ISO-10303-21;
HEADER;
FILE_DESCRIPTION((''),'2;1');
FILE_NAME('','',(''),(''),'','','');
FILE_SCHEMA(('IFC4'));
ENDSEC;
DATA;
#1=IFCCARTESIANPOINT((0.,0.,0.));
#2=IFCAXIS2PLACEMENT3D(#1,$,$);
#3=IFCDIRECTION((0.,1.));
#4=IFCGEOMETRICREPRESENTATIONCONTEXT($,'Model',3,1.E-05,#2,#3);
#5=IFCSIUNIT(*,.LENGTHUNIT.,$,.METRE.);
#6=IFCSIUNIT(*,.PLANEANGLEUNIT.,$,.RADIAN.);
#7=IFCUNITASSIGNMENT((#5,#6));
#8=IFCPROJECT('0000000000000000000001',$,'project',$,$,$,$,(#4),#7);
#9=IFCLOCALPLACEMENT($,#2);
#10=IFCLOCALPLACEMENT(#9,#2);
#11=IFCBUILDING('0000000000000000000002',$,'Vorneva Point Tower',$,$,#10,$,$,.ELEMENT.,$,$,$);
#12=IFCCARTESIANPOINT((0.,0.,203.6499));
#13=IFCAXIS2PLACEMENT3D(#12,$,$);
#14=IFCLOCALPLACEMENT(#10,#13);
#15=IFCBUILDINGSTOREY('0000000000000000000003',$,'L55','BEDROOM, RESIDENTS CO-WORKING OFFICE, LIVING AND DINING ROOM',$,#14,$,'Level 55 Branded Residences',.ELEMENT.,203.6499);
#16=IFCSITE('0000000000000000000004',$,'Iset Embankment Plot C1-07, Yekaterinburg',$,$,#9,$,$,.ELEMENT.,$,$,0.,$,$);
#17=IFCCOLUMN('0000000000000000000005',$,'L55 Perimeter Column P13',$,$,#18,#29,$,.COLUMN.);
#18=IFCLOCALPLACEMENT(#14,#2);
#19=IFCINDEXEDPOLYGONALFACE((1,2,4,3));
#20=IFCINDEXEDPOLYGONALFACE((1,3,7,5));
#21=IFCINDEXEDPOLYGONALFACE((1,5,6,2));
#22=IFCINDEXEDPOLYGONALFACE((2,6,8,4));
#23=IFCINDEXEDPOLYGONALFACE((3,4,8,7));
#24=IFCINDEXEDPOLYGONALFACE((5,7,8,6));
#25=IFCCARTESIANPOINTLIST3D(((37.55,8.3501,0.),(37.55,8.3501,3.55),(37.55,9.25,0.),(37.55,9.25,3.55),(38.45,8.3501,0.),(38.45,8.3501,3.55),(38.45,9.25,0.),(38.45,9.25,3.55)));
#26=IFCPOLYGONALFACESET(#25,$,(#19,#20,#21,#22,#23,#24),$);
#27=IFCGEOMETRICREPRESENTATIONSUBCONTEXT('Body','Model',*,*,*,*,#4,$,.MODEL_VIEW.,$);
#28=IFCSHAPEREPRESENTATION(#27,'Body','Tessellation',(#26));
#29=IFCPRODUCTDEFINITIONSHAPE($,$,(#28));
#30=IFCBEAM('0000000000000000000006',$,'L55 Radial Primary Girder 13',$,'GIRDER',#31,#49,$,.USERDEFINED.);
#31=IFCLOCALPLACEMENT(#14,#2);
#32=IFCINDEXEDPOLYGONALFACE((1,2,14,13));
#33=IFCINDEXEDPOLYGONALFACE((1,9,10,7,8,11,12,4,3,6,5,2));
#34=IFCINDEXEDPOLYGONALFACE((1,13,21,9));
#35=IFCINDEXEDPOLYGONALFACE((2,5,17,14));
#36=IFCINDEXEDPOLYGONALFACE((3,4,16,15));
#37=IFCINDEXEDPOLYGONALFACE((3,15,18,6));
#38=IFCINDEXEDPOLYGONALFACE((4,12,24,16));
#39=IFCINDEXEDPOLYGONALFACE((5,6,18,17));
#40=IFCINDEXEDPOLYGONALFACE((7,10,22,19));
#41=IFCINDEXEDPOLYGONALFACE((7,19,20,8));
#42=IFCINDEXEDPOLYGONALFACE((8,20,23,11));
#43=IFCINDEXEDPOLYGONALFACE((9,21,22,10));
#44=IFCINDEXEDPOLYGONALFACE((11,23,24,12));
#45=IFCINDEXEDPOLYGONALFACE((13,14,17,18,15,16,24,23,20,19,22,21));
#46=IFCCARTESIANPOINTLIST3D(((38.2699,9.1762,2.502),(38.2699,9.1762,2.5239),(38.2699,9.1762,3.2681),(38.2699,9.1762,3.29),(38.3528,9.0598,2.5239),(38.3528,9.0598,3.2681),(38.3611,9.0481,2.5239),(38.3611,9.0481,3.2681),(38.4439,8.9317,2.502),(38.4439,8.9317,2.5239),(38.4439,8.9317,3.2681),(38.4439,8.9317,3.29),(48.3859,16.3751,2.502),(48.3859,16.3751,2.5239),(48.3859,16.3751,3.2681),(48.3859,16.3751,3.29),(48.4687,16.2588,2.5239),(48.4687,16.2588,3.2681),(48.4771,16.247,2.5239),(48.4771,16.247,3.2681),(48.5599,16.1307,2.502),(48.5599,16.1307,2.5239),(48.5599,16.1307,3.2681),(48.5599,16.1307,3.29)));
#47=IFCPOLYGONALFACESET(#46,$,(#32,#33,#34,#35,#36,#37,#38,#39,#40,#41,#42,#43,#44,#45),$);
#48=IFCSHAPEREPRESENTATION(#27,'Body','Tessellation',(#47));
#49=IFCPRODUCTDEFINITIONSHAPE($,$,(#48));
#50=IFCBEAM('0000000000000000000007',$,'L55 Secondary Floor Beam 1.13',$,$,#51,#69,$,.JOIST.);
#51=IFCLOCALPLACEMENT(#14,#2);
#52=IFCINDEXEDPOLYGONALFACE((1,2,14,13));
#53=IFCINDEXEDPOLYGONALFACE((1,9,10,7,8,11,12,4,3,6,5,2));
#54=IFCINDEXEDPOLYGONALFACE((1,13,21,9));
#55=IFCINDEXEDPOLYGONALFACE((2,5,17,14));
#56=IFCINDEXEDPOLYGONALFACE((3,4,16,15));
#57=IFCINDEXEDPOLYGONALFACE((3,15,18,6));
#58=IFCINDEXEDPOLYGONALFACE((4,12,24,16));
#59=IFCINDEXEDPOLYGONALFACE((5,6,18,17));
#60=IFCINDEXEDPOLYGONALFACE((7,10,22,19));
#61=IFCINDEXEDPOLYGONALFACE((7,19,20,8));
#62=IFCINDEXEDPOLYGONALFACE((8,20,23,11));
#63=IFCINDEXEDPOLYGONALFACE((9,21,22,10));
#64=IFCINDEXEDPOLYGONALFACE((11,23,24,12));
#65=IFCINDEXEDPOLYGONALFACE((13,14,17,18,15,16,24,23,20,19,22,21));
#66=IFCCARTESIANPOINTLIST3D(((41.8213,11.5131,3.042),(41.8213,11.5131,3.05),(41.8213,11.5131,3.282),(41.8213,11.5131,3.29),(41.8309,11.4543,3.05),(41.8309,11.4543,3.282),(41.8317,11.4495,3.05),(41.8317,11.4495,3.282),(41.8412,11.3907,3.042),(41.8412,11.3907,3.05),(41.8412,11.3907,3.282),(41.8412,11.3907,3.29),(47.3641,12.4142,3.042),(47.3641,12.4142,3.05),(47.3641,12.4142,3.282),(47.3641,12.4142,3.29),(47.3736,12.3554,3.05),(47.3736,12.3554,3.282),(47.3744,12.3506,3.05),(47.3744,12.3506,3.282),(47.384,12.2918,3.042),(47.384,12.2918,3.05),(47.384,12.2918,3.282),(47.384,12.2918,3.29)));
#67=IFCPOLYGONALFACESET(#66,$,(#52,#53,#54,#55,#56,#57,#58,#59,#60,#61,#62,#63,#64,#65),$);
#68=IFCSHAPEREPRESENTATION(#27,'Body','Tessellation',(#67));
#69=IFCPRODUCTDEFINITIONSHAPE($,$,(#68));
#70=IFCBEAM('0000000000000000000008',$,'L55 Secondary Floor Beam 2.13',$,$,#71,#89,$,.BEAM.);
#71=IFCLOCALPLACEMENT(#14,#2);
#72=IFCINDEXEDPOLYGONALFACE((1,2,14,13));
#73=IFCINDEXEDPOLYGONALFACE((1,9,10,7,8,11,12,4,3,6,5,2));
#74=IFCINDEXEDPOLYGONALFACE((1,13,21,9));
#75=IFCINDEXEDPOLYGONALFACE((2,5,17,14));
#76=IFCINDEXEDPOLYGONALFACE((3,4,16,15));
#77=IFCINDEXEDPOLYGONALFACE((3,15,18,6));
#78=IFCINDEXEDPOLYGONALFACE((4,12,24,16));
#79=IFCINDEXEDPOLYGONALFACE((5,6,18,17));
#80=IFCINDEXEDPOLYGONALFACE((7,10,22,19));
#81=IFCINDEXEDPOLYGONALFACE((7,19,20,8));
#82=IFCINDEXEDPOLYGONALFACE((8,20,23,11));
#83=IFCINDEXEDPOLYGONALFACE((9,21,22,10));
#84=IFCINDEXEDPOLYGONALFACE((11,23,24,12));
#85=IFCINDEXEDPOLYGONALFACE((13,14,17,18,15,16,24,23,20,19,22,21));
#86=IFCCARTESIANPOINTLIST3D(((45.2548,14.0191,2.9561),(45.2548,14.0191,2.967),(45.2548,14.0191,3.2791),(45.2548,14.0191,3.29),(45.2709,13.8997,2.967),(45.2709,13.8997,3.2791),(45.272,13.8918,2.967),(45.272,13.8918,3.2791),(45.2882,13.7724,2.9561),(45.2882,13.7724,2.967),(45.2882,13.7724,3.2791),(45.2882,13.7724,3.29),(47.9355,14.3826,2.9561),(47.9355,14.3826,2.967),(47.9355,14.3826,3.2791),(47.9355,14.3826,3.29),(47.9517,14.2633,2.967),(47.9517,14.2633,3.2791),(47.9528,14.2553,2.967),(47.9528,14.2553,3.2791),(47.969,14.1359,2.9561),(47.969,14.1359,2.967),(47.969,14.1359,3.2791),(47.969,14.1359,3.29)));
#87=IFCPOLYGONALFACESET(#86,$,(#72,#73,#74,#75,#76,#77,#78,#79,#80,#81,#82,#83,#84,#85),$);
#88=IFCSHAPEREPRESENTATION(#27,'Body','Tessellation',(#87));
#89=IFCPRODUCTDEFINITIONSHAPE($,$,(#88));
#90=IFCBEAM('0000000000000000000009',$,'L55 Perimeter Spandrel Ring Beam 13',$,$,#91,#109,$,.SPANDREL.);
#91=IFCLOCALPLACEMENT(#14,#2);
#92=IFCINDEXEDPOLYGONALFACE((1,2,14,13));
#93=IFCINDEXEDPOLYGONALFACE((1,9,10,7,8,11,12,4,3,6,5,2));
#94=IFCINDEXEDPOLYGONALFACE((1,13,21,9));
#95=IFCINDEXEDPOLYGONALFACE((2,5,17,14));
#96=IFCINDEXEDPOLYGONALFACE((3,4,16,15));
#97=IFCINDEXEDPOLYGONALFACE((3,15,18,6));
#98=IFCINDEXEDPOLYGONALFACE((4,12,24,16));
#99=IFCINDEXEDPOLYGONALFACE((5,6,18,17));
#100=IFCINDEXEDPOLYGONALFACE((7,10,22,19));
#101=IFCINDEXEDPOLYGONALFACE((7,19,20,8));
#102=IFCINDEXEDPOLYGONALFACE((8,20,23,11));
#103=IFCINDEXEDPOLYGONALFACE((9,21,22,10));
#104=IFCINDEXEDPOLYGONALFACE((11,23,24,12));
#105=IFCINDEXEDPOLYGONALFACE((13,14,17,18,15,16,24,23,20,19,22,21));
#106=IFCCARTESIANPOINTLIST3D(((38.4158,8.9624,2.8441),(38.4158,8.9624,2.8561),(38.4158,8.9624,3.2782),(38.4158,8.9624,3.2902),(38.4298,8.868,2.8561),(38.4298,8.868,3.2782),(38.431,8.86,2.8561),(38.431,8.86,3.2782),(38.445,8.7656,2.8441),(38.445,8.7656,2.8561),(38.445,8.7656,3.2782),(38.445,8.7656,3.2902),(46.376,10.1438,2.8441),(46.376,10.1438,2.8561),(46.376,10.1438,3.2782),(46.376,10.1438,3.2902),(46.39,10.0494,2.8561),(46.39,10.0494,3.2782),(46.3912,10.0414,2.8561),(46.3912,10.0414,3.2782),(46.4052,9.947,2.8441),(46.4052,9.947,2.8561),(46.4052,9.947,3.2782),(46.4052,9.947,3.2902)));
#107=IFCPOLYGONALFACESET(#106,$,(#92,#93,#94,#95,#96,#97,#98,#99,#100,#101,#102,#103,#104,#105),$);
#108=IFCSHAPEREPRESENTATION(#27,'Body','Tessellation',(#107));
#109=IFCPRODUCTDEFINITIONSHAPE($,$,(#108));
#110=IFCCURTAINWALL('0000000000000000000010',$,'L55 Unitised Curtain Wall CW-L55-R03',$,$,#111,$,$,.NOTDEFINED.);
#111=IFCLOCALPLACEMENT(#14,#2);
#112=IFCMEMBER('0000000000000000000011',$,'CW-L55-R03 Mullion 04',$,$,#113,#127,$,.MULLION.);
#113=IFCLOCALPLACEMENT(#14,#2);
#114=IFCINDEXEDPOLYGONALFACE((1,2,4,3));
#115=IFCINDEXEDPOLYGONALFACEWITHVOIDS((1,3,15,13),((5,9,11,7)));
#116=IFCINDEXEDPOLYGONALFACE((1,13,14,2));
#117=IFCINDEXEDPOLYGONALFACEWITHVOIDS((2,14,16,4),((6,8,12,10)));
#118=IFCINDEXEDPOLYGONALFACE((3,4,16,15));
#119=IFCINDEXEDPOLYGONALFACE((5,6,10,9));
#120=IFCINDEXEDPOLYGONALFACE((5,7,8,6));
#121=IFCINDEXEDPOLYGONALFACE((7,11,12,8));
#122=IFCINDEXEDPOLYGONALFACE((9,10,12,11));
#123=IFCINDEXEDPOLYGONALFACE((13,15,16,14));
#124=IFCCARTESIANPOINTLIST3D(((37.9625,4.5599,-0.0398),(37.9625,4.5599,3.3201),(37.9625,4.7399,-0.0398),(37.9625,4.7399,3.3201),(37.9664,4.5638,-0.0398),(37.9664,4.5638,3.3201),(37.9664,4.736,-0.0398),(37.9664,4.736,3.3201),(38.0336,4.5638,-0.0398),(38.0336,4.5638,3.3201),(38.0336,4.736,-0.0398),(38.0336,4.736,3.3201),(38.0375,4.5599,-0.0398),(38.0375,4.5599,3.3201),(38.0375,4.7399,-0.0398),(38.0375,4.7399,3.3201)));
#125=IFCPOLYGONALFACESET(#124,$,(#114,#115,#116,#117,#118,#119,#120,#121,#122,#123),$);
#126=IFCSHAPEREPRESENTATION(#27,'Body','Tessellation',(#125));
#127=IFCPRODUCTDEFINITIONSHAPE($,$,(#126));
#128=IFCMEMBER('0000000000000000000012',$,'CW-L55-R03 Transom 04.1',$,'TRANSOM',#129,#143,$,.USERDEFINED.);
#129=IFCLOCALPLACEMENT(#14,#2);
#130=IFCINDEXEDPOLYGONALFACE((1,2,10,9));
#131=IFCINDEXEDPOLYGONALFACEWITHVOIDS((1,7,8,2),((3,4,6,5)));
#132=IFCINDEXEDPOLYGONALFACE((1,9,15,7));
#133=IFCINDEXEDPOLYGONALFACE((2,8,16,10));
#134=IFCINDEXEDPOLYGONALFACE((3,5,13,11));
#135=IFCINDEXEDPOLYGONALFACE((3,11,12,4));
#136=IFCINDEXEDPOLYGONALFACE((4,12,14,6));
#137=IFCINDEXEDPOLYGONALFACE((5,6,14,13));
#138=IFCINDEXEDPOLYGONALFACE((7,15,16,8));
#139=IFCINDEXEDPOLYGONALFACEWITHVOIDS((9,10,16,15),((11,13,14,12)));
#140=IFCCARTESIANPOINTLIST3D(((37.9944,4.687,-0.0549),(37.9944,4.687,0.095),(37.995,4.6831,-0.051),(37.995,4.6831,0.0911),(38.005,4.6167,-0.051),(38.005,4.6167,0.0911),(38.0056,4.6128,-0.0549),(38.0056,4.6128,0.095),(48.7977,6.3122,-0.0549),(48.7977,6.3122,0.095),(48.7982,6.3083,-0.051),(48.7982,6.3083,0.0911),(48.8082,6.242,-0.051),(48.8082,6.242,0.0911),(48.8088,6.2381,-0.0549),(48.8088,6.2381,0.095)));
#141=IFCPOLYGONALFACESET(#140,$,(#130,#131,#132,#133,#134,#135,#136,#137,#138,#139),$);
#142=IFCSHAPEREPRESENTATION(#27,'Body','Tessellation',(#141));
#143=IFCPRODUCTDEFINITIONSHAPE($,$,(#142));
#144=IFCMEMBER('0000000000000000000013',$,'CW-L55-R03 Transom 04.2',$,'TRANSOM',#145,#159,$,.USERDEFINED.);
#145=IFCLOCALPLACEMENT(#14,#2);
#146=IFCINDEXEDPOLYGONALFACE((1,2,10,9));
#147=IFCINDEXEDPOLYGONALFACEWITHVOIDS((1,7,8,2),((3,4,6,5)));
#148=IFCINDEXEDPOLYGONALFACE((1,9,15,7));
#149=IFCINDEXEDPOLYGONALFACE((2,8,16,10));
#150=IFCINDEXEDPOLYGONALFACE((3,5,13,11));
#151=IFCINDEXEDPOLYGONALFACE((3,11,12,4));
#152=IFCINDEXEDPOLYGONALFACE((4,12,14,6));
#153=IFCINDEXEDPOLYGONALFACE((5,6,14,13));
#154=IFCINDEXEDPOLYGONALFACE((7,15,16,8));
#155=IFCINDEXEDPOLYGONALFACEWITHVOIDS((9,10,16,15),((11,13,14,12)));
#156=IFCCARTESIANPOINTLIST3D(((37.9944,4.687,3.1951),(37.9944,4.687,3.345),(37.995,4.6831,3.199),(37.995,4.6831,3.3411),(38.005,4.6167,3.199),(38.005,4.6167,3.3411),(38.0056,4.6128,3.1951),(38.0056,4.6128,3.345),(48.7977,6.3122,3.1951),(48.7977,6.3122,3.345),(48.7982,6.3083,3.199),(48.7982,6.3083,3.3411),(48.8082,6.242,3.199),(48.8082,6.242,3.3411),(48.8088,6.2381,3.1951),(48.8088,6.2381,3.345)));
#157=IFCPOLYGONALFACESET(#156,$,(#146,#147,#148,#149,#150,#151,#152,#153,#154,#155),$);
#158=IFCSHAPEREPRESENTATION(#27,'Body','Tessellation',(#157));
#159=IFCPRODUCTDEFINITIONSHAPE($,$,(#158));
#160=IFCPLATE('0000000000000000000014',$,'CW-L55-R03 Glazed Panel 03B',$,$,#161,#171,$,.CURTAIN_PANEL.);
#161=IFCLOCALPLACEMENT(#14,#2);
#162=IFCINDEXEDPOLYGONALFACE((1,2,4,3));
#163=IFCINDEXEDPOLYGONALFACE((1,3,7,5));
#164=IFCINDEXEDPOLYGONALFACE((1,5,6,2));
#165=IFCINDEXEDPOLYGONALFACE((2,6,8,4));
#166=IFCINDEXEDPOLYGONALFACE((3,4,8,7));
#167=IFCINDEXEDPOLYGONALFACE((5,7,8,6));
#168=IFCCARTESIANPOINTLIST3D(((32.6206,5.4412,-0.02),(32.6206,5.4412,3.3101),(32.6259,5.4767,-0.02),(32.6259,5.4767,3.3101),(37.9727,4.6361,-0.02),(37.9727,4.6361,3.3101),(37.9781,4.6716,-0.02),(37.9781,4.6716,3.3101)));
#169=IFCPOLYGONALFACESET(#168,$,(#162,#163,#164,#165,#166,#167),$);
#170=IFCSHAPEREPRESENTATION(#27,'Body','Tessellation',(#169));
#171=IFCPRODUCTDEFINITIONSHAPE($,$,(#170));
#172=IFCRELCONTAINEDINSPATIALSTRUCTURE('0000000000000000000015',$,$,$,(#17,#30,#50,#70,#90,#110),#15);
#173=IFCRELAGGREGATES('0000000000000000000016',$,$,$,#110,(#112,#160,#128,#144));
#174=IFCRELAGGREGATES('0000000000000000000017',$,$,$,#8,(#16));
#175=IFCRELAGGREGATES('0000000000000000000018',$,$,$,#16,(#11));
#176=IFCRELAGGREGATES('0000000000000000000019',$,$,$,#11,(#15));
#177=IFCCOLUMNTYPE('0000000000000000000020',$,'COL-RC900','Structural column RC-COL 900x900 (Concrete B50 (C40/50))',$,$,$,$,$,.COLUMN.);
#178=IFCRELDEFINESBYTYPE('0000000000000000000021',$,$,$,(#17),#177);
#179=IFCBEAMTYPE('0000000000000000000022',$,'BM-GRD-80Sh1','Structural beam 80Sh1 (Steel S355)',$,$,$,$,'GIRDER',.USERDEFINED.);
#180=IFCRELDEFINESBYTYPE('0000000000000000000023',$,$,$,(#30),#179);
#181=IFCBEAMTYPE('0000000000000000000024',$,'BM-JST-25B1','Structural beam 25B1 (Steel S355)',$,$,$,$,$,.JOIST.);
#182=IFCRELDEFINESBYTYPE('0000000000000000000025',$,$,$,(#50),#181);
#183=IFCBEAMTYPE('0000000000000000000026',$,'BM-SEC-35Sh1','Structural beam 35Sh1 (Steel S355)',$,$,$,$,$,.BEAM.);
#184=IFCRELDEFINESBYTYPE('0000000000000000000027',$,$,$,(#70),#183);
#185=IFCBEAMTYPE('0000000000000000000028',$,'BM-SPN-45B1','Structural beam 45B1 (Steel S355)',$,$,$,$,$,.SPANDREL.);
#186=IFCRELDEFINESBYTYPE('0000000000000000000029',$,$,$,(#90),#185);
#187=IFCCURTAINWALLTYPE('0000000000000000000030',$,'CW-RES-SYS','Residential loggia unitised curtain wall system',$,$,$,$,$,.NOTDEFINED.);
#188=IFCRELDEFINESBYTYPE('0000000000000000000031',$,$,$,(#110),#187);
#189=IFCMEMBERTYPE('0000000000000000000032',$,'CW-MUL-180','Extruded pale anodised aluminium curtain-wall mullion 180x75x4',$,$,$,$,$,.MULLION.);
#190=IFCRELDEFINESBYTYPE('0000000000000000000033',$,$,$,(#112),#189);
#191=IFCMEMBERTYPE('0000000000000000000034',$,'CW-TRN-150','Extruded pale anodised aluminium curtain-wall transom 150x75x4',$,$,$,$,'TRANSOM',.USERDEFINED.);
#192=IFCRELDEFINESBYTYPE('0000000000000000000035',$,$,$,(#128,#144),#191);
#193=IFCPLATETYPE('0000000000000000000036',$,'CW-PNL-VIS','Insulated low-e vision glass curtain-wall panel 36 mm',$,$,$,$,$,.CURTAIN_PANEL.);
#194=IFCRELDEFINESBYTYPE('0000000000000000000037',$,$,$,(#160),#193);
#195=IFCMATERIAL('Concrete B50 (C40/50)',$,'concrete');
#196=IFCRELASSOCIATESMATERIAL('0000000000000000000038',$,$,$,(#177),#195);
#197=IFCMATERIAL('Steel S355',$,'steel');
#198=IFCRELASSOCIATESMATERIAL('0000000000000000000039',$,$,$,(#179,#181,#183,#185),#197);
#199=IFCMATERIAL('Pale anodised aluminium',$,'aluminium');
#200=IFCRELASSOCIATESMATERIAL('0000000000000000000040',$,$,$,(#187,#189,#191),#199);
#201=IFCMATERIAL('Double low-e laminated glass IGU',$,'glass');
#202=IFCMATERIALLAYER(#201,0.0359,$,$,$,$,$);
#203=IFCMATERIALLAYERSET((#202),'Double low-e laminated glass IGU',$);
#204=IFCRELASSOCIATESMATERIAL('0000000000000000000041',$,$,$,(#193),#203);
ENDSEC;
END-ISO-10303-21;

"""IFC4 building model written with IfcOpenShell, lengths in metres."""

from ifc_helpers import new_model, si_unit, direction, frame, origin, origin_2d, place, context, subcontext, project, spatial, rectangle, hollow_rectangle, i_section, extrude, material, layer, layer_set, material_profile, profile_set, type_object, element, aggregate, save


model = new_model("IFC4")

# Units and contexts
model_context = context("Model", 3, precision=1e-05, world=origin(), true_north=direction((0.0, 1.0)))
body_context = subcontext(model_context, "Body", "Model", "MODEL_VIEW")
ifc_project = project(units=[si_unit("LENGTHUNIT", "METRE"), si_unit("PLANEANGLEUNIT", "RADIAN")], contexts=[model_context])

# Site, building, storey
site_placement = place(None, origin())
site = spatial("IfcSite", under=ifc_project, at=site_placement, Name="Iset Embankment Plot C1-07, Yekaterinburg", CompositionType="ELEMENT", RefElevation=0.0)
building_placement = place(site_placement, origin())
building = spatial("IfcBuilding", under=site, at=building_placement, Name="Vorneva Point Tower", CompositionType="ELEMENT")
storey_placement = place(building_placement, frame((0.0, 0.0, 203.6499)))
storey = spatial("IfcBuildingStorey", under=building, at=storey_placement, Name="L55", Description="BEDROOM, RESIDENTS CO-WORKING OFFICE, LIVING AND DINING ROOM", LongName="Level 55 Branded Residences", CompositionType="ELEMENT", Elevation=203.6499)

# Column
ifc_material_1 = material(Name="Concrete B50 (C40/50)", Category="concrete")
ifc_material_profile_1 = material_profile(ifc_material_1, rectangle(XDim=0.8999, YDim=0.8999, at=origin_2d()), Name="RC-COL 900x900")
ifc_profile_set_1 = profile_set([ifc_material_profile_1], Name="Concrete B50 (C40/50)")
column_type = type_object("IfcColumnType", Name="COL-RC900", Description="Structural column RC-COL 900x900 (Concrete B50 (C40/50))", PredefinedType="COLUMN", material=ifc_profile_set_1)
column_placement = place(storey_placement, frame((38.0, 8.8, 0.0), z_axis=(0.0, 0.0, 1.0), x_axis=(0.0, -1.0, 0.0)))
element("IfcColumn", 1, at=column_placement, inside=storey, type_object=column_type, Name="L55 Perimeter Column P13", PredefinedType="COLUMN", context=body_context, shape_type="SweptSolid", body=[
    extrude(rectangle(XDim=0.8999, YDim=0.8999, at=origin_2d()), origin(), (0.0, 0.0, 1.0), 3.55),
])

# Beams
ifc_material_2 = material(Name="Steel S355", Category="steel")
ifc_material_profile_2 = material_profile(ifc_material_2, i_section(OverallWidth=0.3, OverallDepth=0.7881, WebThickness=0.0144, FlangeThickness=0.022, at=origin_2d()), Name="80Sh1")
ifc_profile_set_2 = profile_set([ifc_material_profile_2], Name="Steel S355")
beam_type_1 = type_object("IfcBeamType", Name="BM-GRD-80Sh1", Description="Structural beam 80Sh1 (Steel S355)", ElementType="GIRDER", PredefinedType="USERDEFINED", material=ifc_profile_set_2)
beam_1_placement = place(storey_placement, frame((38.3569, 9.054, 2.896), z_axis=(0.81475, 0.579813, 0.0), x_axis=(-0.579813, 0.81475, 0.0)))
element("IfcBeam", 2, at=beam_1_placement, inside=storey, type_object=beam_type_1, Name="L55 Radial Primary Girder 13", ObjectType="GIRDER", PredefinedType="USERDEFINED", context=body_context, shape_type="SweptSolid", body=[
    extrude(i_section(OverallWidth=0.3, OverallDepth=0.7881, WebThickness=0.0144, FlangeThickness=0.022, at=origin_2d()), origin(), (0.0, 0.0, 1.0), 12.416),
])
ifc_material_profile_3 = material_profile(ifc_material_2, i_section(OverallWidth=0.124, OverallDepth=0.248, WebThickness=0.0049, FlangeThickness=0.0081, at=origin_2d()), Name="25B1")
ifc_profile_set_3 = profile_set([ifc_material_profile_3], Name="Steel S355")
beam_type_2 = type_object("IfcBeamType", Name="BM-JST-25B1", Description="Structural beam 25B1 (Steel S355)", PredefinedType="JOIST", material=ifc_profile_set_3)
beam_2_placement = place(storey_placement, frame((41.8313, 11.4519, 3.166), z_axis=(0.987041, 0.160471, 0.0), x_axis=(-0.160471, 0.987041, 0.0)))
element("IfcBeam", 3, at=beam_2_placement, inside=storey, type_object=beam_type_2, Name="L55 Secondary Floor Beam 1.13", PredefinedType="JOIST", context=body_context, shape_type="SweptSolid", body=[
    extrude(i_section(OverallWidth=0.124, OverallDepth=0.248, WebThickness=0.0049, FlangeThickness=0.0081, at=origin_2d()), origin(), (0.0, 0.0, 1.0), 5.6155),
])
ifc_material_profile_4 = material_profile(ifc_material_2, i_section(OverallWidth=0.249, OverallDepth=0.334, WebThickness=0.0081, FlangeThickness=0.011, at=origin_2d()), Name="35Sh1")
ifc_profile_set_4 = profile_set([ifc_material_profile_4], Name="Steel S355")
beam_type_3 = type_object("IfcBeamType", Name="BM-SEC-35Sh1", Description="Structural beam 35Sh1 (Steel S355)", PredefinedType="BEAM", material=ifc_profile_set_4)
beam_3_placement = place(storey_placement, frame((45.2715, 13.8958, 3.123), z_axis=(0.990931, 0.134368, 0.0), x_axis=(-0.134368, 0.990931, 0.0)))
element("IfcBeam", 4, at=beam_3_placement, inside=storey, type_object=beam_type_3, Name="L55 Secondary Floor Beam 2.13", PredefinedType="BEAM", context=body_context, shape_type="SweptSolid", body=[
    extrude(i_section(OverallWidth=0.249, OverallDepth=0.334, WebThickness=0.0081, FlangeThickness=0.011, at=origin_2d()), origin(), (0.0, 0.0, 1.0), 2.7053),
])
ifc_material_profile_5 = material_profile(ifc_material_2, i_section(OverallWidth=0.199, OverallDepth=0.446, WebThickness=0.0081, FlangeThickness=0.012, at=origin_2d()), Name="45B1")
ifc_profile_set_5 = profile_set([ifc_material_profile_5], Name="Steel S355")
beam_type_4 = type_object("IfcBeamType", Name="BM-SPN-45B1", Description="Structural beam 45B1 (Steel S355)", PredefinedType="SPANDREL", material=ifc_profile_set_5)
beam_4_placement = place(storey_placement, frame((38.4304, 8.864, 3.0671), z_axis=(0.989165, 0.146805, 0.0), x_axis=(-0.146805, 0.989165, 0.0)))
element("IfcBeam", 5, at=beam_4_placement, inside=storey, type_object=beam_type_4, Name="L55 Perimeter Spandrel Ring Beam 13", PredefinedType="SPANDREL", context=body_context, shape_type="SweptSolid", body=[
    extrude(i_section(OverallWidth=0.199, OverallDepth=0.446, WebThickness=0.0081, FlangeThickness=0.012, at=origin_2d()), origin(), (0.0, 0.0, 1.0), 8.0474),
])

# Curtain wall, members, plate
ifc_material_3 = material(Name="Pale anodised aluminium", Category="aluminium")
curtain_wall_type = type_object("IfcCurtainWallType", Name="CW-RES-SYS", Description="Residential loggia unitised curtain wall system", PredefinedType="NOTDEFINED", material=ifc_material_3)
curtain_wall_placement = place(storey_placement, origin())
curtain_wall = element("IfcCurtainWall", 6, at=curtain_wall_placement, inside=storey, type_object=curtain_wall_type, Name="L55 Unitised Curtain Wall CW-L55-R03", PredefinedType="NOTDEFINED")
ifc_material_profile_6 = material_profile(ifc_material_3, hollow_rectangle(XDim=0.075, YDim=0.1799, WallThickness=0.0039, at=origin_2d()), Name="AL-MUL 180x75x4")
ifc_profile_set_6 = profile_set([ifc_material_profile_6], Name="Pale anodised aluminium")
member_type_1 = type_object("IfcMemberType", Name="CW-MUL-180", Description="Extruded pale anodised aluminium curtain-wall mullion 180x75x4", PredefinedType="MULLION", material=ifc_profile_set_6)
member_1_placement = place(storey_placement, frame((38.0, 4.6499, -0.0398), z_axis=(0.0, 0.0, 1.0), x_axis=(1.0, 0.0, 0.0)))
member_1 = element("IfcMember", 7, at=member_1_placement, type_object=member_type_1, Name="CW-L55-R03 Mullion 04", PredefinedType="MULLION", context=body_context, shape_type="SweptSolid", body=[
    extrude(hollow_rectangle(XDim=0.075, YDim=0.1799, WallThickness=0.0039, at=origin_2d()), origin(), (0.0, 0.0, 1.0), 3.3599),
])
ifc_material_profile_7 = material_profile(ifc_material_3, hollow_rectangle(XDim=0.075, YDim=0.1499, WallThickness=0.0039, at=origin_2d()), Name="AL-TRN 150x75x4")
ifc_profile_set_7 = profile_set([ifc_material_profile_7], Name="Pale anodised aluminium")
member_type_2 = type_object("IfcMemberType", Name="CW-TRN-150", Description="Extruded pale anodised aluminium curtain-wall transom 150x75x4", ElementType="TRANSOM", PredefinedType="USERDEFINED", material=ifc_profile_set_7)
member_2_placement = place(storey_placement, frame((38.0, 4.6499, 0.02), z_axis=(0.988872, 0.148767, 0.0), x_axis=(-0.148767, 0.988872, 0.0)))
member_2 = element("IfcMember", 8, at=member_2_placement, type_object=member_type_2, Name="CW-L55-R03 Transom 04.1", ObjectType="TRANSOM", PredefinedType="USERDEFINED", context=body_context, shape_type="SweptSolid", body=[
    extrude(hollow_rectangle(XDim=0.075, YDim=0.1499, WallThickness=0.0039, at=origin_2d()), origin(), (0.0, 0.0, 1.0), 10.9248),
])
member_3_placement = place(storey_placement, frame((38.0, 4.6499, 3.27), z_axis=(0.988872, 0.148767, 0.0), x_axis=(-0.148767, 0.988872, 0.0)))
member_3 = element("IfcMember", 9, at=member_3_placement, type_object=member_type_2, Name="CW-L55-R03 Transom 04.2", ObjectType="TRANSOM", PredefinedType="USERDEFINED", context=body_context, shape_type="SweptSolid", body=[
    extrude(hollow_rectangle(XDim=0.075, YDim=0.1499, WallThickness=0.0039, at=origin_2d()), origin(), (0.0, 0.0, 1.0), 10.9248),
])
ifc_material_4 = material(Name="Double low-e laminated glass IGU", Category="glass")
ifc_layer_1 = layer(ifc_material_4, 0.0359)
ifc_layer_set_1 = layer_set([ifc_layer_1], Name="Double low-e laminated glass IGU")
plate_type = type_object("IfcPlateType", Name="CW-PNL-VIS", Description="Insulated low-e vision glass curtain-wall panel 36 mm", PredefinedType="CURTAIN_PANEL", material=ifc_layer_set_1)
plate_1_placement = place(storey_placement, frame((35.2993, 5.0564, -0.02), z_axis=(0.0, 0.0, 1.0), x_axis=(0.988874, -0.148759, 0.0)))
plate_1 = element("IfcPlate", 10, at=plate_1_placement, type_object=plate_type, Name="CW-L55-R03 Glazed Panel 03B", PredefinedType="CURTAIN_PANEL", context=body_context, shape_type="SweptSolid", body=[
    extrude(rectangle(XDim=5.4124, YDim=0.0359, at=origin_2d()), origin(), (0.0, 0.0, 1.0), 3.3301),
])
aggregate(curtain_wall, [member_1, plate_1, member_2, member_3])

save(model, "model.ifc")
